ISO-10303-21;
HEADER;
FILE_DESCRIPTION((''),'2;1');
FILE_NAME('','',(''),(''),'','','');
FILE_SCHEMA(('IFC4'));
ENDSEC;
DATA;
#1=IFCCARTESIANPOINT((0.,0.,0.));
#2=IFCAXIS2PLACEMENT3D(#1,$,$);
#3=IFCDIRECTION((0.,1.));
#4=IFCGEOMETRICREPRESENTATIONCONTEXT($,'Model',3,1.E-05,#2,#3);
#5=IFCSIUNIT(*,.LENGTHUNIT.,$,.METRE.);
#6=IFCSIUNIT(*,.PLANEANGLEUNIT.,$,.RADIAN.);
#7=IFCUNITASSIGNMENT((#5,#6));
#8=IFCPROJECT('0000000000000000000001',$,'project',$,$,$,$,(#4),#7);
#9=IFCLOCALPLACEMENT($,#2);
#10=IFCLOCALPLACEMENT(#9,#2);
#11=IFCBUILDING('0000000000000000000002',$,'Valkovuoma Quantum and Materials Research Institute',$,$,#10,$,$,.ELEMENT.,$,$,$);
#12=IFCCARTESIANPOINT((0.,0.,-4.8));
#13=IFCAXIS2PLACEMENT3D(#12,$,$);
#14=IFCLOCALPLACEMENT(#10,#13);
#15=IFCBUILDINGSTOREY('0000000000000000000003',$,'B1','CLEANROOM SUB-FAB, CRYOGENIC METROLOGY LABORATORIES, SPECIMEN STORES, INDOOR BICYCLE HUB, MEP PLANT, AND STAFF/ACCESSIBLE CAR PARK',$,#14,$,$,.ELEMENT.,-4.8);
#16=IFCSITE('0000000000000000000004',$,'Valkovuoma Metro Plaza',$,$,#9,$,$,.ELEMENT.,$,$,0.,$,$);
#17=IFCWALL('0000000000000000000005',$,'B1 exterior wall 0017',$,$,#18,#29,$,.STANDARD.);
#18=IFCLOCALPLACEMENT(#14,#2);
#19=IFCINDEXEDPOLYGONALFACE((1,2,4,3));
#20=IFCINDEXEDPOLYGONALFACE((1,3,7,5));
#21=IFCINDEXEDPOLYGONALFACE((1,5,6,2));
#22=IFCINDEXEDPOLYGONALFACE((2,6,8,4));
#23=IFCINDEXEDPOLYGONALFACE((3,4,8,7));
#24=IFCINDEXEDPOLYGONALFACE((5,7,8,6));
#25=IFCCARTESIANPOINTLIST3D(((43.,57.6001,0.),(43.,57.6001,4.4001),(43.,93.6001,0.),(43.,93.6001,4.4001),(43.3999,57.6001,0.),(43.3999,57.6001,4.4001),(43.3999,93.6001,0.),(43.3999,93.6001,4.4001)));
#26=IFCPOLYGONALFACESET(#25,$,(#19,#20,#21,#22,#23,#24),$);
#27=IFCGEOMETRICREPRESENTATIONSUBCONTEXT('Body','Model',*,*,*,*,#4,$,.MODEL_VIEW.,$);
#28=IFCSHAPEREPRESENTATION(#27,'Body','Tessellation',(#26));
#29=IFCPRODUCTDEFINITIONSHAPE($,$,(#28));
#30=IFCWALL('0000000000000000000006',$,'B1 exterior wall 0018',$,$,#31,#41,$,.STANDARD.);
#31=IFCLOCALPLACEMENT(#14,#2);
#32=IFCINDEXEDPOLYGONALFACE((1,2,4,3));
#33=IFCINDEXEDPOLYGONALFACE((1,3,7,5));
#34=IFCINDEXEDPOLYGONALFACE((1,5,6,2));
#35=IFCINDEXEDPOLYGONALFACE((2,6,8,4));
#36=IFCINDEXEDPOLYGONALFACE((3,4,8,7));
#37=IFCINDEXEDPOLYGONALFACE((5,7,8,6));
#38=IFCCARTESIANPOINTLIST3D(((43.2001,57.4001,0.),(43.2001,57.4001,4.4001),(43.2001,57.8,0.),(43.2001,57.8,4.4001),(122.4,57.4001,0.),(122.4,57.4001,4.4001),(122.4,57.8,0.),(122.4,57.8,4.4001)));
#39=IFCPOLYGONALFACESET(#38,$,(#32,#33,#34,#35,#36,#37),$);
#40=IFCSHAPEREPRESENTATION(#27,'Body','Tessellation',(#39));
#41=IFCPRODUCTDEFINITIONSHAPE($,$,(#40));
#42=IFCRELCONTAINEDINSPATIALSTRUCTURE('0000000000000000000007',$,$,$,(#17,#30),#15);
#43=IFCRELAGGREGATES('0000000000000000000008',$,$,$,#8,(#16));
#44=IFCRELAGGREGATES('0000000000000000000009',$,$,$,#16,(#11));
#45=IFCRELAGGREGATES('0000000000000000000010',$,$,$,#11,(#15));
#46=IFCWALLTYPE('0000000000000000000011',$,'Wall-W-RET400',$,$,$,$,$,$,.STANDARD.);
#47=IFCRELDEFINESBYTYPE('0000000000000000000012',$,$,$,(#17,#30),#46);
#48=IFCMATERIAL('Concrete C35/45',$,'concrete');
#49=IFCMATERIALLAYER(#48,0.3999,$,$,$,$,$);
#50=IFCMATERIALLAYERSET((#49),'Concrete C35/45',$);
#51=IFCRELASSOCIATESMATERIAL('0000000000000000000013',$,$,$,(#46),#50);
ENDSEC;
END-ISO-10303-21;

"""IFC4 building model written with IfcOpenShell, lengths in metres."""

from ifc_helpers import new_model, si_unit, direction, frame, frame_2d, origin, place, context, subcontext, project, spatial, rectangle, extrude, material, layer, layer_set, type_object, element, save


model = new_model("IFC4")

# Units and contexts
model_context = context("Model", 3, precision=1e-05, world=origin(), true_north=direction((0.0, 1.0)))
body_context = subcontext(model_context, "Body", "Model", "MODEL_VIEW")
ifc_project = project(units=[si_unit("LENGTHUNIT", "METRE"), si_unit("PLANEANGLEUNIT", "RADIAN")], contexts=[model_context])

# Site, building, storey
site_placement = place(None, origin())
site = spatial("IfcSite", under=ifc_project, at=site_placement, Name="Valkovuoma Metro Plaza", CompositionType="ELEMENT", RefElevation=0.0)
building_placement = place(site_placement, origin())
building = spatial("IfcBuilding", under=site, at=building_placement, Name="Valkovuoma Quantum and Materials Research Institute", CompositionType="ELEMENT")
storey_placement = place(building_placement, frame((0.0, 0.0, -4.8)))
storey = spatial("IfcBuildingStorey", under=building, at=storey_placement, Name="B1", Description="CLEANROOM SUB-FAB, CRYOGENIC METROLOGY LABORATORIES, SPECIMEN STORES, INDOOR BICYCLE HUB, MEP PLANT, AND STAFF/ACCESSIBLE CAR PARK", CompositionType="ELEMENT", Elevation=-4.8)

# Walls
ifc_material_1 = material(Name="Concrete C35/45", Category="concrete")
ifc_layer_1 = layer(ifc_material_1, 0.3999)
ifc_layer_set_1 = layer_set([ifc_layer_1], Name="Concrete C35/45")
wall_type_1 = type_object("IfcWallType", Name="Wall-W-RET400", PredefinedType="STANDARD", material=ifc_layer_set_1)
wall_1_placement = place(storey_placement, frame((43.2, 57.6001, 0.0), z_axis=(0.0, 0.0, 1.0), x_axis=(0.0, 1.0, 0.0)))
element("IfcWall", 1, at=wall_1_placement, inside=storey, type_object=wall_type_1, Name="B1 exterior wall 0017", PredefinedType="STANDARD", context=body_context, shape_type="SweptSolid", body=[
    extrude(rectangle(XDim=36.0, YDim=0.3999, at=frame_2d((18.0, 0.0))), origin(), (0.0, 0.0, 1.0), 4.4001),
])
wall_2_placement = place(storey_placement, frame((43.2, 57.6001, 0.0), z_axis=(0.0, 0.0, 1.0), x_axis=(1.0, 0.0, 0.0)))
element("IfcWall", 2, at=wall_2_placement, inside=storey, type_object=wall_type_1, Name="B1 exterior wall 0018", PredefinedType="STANDARD", context=body_context, shape_type="SweptSolid", body=[
    extrude(rectangle(XDim=79.2, YDim=0.3999, at=frame_2d((39.6001, 0.0))), origin(), (0.0, 0.0, 1.0), 4.4001),
])

save(model, "model.ifc")
